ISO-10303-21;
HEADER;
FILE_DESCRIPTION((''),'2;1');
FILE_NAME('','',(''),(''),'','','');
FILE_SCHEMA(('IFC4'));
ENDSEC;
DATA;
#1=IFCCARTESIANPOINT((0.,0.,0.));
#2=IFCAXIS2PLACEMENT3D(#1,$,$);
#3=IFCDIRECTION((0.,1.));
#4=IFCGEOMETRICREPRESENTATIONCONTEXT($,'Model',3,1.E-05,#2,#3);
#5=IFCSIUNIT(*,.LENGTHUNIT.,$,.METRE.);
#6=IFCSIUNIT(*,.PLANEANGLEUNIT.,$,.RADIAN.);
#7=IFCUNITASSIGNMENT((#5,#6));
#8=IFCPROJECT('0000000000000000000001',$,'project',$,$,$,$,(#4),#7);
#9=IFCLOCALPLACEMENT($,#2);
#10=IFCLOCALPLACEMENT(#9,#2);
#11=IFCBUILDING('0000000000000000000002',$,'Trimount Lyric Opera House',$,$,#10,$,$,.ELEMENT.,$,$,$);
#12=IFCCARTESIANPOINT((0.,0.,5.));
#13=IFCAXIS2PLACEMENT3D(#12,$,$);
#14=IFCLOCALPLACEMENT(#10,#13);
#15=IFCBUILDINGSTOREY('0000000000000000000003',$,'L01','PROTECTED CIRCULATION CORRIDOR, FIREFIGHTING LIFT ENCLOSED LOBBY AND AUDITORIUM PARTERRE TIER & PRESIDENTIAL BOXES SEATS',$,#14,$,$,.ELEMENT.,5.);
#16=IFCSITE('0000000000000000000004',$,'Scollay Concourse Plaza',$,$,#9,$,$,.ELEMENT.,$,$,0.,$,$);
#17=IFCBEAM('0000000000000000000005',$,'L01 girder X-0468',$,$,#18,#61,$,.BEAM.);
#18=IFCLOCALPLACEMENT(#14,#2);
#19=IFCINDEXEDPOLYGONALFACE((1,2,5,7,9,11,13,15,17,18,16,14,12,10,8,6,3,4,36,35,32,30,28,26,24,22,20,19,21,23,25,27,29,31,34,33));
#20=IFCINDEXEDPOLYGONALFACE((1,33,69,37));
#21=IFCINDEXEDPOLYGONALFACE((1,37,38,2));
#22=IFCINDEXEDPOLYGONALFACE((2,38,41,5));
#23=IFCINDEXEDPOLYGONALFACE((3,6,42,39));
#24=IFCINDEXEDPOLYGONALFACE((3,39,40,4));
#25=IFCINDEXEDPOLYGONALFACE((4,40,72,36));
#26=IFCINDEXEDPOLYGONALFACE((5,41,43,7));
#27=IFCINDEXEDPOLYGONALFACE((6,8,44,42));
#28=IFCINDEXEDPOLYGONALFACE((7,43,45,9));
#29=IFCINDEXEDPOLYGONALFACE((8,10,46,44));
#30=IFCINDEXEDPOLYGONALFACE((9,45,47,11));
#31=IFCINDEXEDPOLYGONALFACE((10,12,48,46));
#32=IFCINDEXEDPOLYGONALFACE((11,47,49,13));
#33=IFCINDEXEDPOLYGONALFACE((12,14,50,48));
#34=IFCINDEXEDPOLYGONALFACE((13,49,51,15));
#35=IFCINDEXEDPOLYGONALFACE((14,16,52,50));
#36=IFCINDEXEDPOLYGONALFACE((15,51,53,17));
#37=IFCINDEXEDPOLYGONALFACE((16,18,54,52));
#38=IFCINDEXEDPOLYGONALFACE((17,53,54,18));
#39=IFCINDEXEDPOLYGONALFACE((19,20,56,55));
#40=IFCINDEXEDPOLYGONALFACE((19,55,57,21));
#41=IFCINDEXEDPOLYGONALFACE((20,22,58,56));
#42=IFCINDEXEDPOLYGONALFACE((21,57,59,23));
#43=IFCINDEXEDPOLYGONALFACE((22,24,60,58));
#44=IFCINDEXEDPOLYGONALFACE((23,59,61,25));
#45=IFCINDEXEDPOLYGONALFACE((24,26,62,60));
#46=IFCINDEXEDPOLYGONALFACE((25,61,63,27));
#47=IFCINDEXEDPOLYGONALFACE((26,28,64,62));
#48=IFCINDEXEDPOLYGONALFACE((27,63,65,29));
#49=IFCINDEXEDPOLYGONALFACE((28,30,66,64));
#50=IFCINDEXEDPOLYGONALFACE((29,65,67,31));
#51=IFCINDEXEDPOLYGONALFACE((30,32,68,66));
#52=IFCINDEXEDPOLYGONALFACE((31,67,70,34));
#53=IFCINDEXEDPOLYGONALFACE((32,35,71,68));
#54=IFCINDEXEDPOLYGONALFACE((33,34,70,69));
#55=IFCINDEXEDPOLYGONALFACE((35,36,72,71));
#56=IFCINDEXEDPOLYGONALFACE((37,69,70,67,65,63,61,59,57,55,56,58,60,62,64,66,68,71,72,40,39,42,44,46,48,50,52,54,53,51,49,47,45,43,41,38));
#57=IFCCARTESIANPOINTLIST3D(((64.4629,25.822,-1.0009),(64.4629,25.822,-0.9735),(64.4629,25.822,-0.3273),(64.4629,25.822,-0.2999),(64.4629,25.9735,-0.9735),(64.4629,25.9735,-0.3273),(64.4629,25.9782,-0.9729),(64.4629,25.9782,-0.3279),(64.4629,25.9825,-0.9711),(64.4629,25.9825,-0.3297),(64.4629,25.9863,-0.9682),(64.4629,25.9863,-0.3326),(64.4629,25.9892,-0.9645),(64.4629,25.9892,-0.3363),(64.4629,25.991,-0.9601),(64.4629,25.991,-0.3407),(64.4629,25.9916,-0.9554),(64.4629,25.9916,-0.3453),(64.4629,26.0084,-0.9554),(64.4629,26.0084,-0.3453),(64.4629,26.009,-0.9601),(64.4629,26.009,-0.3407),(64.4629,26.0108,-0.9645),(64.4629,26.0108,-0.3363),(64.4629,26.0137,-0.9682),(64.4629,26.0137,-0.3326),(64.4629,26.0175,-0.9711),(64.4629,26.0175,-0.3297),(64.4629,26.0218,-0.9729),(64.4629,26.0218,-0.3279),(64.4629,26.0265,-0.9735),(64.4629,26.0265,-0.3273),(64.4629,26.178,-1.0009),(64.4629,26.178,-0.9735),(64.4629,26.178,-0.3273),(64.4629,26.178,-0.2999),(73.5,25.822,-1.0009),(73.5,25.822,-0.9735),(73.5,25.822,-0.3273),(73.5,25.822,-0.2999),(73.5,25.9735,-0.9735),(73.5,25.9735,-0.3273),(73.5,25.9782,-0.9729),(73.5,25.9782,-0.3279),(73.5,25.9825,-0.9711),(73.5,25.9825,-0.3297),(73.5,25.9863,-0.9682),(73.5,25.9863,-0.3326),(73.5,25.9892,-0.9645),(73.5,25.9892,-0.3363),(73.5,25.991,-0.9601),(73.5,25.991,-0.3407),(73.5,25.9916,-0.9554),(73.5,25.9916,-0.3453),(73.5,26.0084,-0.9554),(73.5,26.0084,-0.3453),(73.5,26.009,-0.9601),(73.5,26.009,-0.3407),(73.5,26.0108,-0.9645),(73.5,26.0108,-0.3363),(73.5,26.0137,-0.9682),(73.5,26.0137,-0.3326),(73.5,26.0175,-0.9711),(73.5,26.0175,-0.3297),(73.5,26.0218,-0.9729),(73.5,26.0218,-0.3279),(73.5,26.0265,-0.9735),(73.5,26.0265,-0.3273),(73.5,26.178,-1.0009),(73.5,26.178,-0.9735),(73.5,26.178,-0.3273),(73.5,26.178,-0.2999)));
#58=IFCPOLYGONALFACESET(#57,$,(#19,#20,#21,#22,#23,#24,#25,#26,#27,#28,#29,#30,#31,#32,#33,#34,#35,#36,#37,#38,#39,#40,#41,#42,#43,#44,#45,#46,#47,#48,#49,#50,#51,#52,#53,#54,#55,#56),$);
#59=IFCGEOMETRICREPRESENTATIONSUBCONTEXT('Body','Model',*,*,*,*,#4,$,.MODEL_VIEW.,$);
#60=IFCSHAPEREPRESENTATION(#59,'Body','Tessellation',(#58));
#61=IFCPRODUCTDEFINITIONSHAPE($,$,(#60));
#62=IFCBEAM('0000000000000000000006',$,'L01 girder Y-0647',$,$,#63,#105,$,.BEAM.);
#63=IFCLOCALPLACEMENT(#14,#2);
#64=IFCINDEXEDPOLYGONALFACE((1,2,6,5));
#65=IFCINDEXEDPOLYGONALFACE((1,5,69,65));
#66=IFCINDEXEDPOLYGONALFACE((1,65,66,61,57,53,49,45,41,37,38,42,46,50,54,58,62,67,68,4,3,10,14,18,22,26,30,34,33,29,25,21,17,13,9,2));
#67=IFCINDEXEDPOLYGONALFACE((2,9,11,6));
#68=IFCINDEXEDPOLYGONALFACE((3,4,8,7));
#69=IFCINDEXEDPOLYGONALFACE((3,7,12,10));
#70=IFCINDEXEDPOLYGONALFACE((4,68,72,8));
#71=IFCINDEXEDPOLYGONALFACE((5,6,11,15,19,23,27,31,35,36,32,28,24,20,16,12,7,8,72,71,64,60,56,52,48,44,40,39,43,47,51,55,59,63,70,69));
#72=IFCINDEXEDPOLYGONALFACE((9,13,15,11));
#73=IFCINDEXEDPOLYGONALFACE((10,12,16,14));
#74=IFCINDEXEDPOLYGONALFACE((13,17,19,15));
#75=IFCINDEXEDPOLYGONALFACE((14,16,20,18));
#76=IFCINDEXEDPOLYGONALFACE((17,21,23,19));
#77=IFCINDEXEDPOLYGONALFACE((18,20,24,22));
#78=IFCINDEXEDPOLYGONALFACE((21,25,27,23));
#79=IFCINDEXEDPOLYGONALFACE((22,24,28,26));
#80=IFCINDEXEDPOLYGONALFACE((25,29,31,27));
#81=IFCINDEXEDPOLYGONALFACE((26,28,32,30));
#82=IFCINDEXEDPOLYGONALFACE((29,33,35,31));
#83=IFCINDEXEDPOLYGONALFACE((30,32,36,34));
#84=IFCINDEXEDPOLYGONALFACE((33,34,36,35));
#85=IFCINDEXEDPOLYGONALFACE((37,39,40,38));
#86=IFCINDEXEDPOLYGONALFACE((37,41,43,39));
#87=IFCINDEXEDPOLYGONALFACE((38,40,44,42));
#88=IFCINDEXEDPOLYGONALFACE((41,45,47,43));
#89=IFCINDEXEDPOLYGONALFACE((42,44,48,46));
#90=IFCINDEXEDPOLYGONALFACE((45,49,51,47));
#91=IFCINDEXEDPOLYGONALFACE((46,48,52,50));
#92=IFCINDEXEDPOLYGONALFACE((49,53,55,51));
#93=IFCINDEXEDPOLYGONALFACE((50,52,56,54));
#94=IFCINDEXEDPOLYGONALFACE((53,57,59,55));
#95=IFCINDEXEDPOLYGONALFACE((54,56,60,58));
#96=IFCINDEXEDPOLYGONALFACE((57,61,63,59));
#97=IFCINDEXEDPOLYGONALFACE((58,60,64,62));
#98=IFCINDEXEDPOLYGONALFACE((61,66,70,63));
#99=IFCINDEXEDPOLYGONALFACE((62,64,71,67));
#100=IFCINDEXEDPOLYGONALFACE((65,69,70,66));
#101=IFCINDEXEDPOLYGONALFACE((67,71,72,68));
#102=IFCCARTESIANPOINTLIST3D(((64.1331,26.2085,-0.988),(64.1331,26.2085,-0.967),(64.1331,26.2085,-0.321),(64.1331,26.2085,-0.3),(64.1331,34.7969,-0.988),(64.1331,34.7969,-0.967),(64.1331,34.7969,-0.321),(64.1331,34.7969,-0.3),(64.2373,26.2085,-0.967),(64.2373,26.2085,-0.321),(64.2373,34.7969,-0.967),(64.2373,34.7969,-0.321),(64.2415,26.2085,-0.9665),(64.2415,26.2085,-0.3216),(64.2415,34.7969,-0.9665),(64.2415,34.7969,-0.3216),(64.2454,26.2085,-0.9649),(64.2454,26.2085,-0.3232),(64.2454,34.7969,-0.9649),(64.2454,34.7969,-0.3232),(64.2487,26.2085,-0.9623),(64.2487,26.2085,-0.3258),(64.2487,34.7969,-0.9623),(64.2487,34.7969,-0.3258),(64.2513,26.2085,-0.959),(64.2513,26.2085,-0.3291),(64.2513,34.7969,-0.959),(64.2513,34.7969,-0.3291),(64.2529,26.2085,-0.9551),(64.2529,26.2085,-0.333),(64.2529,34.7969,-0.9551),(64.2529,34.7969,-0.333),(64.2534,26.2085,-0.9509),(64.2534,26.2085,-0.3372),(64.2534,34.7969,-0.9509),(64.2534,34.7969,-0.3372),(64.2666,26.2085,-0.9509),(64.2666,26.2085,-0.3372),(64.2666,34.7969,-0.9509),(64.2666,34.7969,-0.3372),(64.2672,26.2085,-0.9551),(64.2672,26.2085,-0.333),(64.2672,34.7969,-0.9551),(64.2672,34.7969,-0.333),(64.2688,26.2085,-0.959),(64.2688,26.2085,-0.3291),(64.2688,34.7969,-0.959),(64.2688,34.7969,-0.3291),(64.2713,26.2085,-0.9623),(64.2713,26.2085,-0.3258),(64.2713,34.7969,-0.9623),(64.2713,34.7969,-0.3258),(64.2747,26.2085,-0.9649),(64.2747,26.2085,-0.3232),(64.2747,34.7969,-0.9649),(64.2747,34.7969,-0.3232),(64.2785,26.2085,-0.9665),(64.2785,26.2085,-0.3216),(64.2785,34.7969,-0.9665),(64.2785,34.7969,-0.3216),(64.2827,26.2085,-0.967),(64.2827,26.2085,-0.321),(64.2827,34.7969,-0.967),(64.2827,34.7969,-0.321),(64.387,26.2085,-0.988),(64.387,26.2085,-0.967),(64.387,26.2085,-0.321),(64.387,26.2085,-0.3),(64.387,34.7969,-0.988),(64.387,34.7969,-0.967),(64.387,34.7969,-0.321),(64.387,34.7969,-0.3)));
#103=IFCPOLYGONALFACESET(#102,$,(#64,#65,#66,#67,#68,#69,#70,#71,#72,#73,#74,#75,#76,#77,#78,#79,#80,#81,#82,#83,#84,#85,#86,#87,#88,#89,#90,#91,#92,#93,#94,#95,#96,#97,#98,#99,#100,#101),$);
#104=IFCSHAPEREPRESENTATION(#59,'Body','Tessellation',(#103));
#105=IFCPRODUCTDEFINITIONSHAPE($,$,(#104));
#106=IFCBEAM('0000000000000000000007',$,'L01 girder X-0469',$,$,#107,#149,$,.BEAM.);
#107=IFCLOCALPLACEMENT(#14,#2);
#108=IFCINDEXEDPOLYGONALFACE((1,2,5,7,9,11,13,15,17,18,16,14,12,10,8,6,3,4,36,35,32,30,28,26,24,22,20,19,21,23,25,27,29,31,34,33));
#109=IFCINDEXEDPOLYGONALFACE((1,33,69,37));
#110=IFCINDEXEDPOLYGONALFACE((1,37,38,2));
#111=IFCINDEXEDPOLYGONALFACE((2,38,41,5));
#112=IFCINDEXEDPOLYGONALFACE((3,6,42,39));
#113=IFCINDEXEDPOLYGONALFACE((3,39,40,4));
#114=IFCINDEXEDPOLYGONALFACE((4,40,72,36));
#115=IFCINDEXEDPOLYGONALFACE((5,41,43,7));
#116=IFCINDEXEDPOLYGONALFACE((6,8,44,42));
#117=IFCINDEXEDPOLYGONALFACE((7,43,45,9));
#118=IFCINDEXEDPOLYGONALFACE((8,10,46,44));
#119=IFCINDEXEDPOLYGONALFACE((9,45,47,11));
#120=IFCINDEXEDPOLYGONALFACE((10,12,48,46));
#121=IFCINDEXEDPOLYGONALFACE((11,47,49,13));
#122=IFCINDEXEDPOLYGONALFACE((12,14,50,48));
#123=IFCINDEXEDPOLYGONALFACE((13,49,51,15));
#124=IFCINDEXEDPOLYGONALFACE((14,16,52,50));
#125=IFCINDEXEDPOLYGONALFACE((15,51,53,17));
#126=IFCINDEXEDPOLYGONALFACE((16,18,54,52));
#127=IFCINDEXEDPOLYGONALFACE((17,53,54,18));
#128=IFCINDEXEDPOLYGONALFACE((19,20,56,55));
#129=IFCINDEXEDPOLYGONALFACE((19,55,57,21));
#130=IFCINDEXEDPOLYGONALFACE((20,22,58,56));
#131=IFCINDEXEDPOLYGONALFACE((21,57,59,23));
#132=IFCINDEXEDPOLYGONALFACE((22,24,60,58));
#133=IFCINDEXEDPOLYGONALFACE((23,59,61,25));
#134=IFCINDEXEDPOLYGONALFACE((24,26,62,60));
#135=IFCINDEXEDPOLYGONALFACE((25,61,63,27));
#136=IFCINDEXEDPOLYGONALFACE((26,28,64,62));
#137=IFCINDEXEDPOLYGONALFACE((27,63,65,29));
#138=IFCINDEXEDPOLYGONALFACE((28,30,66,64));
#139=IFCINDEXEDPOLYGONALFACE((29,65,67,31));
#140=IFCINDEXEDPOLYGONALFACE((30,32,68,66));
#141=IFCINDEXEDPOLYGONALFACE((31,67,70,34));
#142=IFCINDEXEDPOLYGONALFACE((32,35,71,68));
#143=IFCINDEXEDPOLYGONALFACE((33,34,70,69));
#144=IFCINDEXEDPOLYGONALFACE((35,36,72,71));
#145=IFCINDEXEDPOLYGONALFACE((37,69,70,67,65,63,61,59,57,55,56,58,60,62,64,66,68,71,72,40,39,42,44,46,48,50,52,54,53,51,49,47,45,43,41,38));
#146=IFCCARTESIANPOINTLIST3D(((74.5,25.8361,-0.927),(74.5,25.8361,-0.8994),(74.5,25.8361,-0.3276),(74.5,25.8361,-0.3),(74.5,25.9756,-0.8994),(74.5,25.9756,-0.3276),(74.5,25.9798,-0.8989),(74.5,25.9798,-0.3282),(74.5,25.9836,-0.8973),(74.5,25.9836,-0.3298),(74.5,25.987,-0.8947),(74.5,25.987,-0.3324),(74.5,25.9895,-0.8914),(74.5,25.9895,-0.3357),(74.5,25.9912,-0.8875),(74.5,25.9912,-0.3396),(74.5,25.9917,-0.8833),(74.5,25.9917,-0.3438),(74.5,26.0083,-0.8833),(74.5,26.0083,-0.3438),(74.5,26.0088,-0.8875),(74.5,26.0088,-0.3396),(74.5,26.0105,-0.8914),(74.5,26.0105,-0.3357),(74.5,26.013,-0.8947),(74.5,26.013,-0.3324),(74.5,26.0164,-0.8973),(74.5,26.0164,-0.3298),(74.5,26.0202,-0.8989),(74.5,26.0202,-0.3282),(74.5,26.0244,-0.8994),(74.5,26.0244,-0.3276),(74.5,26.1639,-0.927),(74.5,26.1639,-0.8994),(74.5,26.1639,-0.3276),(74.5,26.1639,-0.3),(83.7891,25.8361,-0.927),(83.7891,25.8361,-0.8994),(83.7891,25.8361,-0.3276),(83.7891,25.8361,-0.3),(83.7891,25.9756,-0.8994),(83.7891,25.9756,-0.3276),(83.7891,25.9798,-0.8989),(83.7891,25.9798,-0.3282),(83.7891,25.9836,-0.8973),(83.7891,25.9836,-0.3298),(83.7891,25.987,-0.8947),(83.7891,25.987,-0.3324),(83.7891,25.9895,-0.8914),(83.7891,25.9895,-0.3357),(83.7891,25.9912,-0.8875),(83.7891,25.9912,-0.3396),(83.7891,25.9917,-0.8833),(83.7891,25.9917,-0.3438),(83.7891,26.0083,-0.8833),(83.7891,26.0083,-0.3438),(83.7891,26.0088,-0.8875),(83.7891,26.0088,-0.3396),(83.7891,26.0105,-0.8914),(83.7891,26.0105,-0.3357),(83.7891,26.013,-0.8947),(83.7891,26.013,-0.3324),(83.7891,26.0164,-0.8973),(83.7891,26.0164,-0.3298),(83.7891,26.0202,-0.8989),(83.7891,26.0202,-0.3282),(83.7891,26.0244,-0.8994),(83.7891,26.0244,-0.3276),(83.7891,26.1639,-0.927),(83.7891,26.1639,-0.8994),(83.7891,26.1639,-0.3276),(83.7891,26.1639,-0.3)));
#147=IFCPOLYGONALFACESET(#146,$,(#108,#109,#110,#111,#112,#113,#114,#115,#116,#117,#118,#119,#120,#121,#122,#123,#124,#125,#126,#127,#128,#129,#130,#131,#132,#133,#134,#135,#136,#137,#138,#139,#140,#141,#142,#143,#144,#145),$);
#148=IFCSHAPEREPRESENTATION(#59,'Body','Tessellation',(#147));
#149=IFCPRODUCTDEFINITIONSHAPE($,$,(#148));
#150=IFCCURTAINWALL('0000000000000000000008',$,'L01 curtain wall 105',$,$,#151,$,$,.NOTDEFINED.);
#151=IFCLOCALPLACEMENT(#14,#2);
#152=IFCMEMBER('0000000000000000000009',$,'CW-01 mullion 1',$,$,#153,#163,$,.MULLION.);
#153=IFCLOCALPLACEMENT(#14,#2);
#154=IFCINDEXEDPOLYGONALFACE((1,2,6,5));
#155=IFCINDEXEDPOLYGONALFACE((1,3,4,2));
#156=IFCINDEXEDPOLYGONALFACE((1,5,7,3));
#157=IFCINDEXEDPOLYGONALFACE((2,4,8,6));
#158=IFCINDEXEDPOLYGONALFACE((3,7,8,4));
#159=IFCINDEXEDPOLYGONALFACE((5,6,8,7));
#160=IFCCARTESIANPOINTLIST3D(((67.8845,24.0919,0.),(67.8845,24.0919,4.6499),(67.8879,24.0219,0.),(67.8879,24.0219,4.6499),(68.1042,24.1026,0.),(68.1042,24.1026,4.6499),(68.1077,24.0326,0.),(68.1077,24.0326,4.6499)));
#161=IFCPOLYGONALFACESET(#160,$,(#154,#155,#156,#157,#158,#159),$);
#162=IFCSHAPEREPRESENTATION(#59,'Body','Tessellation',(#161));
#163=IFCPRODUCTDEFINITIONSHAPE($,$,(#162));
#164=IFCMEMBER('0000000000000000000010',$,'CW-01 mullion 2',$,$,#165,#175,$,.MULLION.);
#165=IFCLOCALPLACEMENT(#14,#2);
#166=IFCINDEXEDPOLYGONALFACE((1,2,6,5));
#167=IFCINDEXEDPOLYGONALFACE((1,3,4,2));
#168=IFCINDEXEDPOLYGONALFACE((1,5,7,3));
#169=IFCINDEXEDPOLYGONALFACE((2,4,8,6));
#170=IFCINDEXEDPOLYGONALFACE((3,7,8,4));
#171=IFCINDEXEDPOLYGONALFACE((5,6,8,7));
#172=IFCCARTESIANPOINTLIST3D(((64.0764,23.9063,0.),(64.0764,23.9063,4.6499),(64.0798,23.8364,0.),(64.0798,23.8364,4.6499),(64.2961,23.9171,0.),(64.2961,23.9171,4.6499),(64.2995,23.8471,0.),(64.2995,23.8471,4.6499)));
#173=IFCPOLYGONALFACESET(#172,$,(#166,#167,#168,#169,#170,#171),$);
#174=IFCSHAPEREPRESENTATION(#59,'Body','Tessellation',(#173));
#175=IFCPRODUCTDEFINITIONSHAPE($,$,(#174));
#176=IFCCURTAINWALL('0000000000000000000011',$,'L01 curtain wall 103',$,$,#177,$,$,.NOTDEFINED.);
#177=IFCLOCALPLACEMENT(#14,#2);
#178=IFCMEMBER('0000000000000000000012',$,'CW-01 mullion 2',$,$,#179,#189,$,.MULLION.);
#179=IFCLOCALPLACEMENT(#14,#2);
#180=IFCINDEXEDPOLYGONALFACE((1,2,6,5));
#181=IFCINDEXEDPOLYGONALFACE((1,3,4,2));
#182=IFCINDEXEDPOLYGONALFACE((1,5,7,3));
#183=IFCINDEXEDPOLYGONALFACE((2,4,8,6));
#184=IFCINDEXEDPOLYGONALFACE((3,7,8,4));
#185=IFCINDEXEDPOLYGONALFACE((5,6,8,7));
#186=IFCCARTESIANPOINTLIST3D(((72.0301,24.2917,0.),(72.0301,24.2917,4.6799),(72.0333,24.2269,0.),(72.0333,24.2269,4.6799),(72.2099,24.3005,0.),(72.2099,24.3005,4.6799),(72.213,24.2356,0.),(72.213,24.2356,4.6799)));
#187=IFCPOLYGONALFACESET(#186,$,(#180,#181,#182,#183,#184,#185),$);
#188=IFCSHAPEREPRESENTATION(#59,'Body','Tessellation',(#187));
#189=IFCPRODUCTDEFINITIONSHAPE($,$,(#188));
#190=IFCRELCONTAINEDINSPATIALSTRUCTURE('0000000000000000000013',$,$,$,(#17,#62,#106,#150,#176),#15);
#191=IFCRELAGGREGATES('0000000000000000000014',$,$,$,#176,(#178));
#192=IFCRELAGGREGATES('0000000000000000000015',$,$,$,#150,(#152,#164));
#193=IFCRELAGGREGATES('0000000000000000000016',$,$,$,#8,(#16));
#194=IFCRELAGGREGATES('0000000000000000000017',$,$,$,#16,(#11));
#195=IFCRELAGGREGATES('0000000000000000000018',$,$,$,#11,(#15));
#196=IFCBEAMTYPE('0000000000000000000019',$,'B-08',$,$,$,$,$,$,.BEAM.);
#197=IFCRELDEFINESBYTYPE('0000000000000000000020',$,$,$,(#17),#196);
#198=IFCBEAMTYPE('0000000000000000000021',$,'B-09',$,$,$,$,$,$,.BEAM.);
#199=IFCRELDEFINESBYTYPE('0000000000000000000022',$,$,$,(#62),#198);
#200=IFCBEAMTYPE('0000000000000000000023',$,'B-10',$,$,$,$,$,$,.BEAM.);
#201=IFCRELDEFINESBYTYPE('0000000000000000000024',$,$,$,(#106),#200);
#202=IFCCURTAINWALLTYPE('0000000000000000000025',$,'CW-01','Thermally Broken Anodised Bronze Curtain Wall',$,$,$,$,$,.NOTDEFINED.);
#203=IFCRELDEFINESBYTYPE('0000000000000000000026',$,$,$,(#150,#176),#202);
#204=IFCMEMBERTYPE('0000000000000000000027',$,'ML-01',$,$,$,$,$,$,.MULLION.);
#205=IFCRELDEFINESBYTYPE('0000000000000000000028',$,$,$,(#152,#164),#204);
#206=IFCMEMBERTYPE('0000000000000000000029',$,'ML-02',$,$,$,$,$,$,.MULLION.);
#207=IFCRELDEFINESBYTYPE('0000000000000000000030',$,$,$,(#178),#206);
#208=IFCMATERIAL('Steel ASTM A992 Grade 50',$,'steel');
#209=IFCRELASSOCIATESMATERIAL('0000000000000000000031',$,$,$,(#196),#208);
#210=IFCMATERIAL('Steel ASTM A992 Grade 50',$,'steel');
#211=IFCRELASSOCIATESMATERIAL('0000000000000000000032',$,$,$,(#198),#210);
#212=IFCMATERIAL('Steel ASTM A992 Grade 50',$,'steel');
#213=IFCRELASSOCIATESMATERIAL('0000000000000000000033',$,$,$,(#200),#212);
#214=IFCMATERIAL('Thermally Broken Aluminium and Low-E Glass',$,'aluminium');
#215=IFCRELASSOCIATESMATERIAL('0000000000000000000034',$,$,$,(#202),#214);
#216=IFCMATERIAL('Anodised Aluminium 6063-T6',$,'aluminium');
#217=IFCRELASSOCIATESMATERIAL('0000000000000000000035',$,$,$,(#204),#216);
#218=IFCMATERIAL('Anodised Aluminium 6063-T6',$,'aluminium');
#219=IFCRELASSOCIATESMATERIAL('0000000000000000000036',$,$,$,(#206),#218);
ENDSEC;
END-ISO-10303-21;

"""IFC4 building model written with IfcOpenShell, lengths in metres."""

from ifc_helpers import new_model, si_unit, direction, frame, origin, origin_2d, place, context, subcontext, project, spatial, rectangle, i_section, extrude, material, material_profile, profile_set, type_object, element, aggregate, save


model = new_model("IFC4")

# Units and contexts
model_context = context("Model", 3, precision=1e-05, world=origin(), true_north=direction((0.0, 1.0)))
body_context = subcontext(model_context, "Body", "Model", "MODEL_VIEW")
ifc_project = project(units=[si_unit("LENGTHUNIT", "METRE"), si_unit("PLANEANGLEUNIT", "RADIAN")], contexts=[model_context])

# Site, building, storey
site_placement = place(None, origin())
site = spatial("IfcSite", under=ifc_project, at=site_placement, Name="Scollay Concourse Plaza", CompositionType="ELEMENT", RefElevation=0.0)
building_placement = place(site_placement, origin())
building = spatial("IfcBuilding", under=site, at=building_placement, Name="Trimount Lyric Opera House", CompositionType="ELEMENT")
storey_placement = place(building_placement, frame((0.0, 0.0, 5.0)))
storey = spatial("IfcBuildingStorey", under=building, at=storey_placement, Name="L01", Description="PROTECTED CIRCULATION CORRIDOR, FIREFIGHTING LIFT ENCLOSED LOBBY AND AUDITORIUM PARTERRE TIER & PRESIDENTIAL BOXES SEATS", CompositionType="ELEMENT", Elevation=5.0)

# Beams
ifc_material_1 = material(Name="Steel ASTM A992 Grade 50", Category="steel")
ifc_material_profile_1 = material_profile(ifc_material_1, i_section(OverallWidth=0.356, OverallDepth=0.7009, WebThickness=0.0168, FlangeThickness=0.0273, FilletRadius=0.0181, at=origin_2d()), Name="W27X161")
ifc_profile_set_1 = profile_set([ifc_material_profile_1], Name="Steel ASTM A992 Grade 50")
beam_type_1 = type_object("IfcBeamType", Name="B-08", PredefinedType="BEAM", material=ifc_profile_set_1)
beam_1_placement = place(storey_placement, frame((64.4629, 26.0, -0.6504), z_axis=(1.0, 0.0, 0.0), x_axis=(0.0, 1.0, 0.0)))
element("IfcBeam", 1, at=beam_1_placement, inside=storey, type_object=beam_type_1, Name="L01 girder X-0468", PredefinedType="BEAM", context=body_context, shape_type="SweptSolid", body=[
    extrude(i_section(OverallWidth=0.356, OverallDepth=0.7009, WebThickness=0.0168, FlangeThickness=0.0273, FilletRadius=0.0181, at=origin_2d()), origin(), (0.0, 0.0, 1.0), 9.0371),
])
ifc_material_2 = material(Name="Steel ASTM A992 Grade 50", Category="steel")
ifc_material_profile_2 = material_profile(ifc_material_2, i_section(OverallWidth=0.2539, OverallDepth=0.688, WebThickness=0.0132, FlangeThickness=0.021, FilletRadius=0.0161, at=origin_2d()), Name="W27X102")
ifc_profile_set_2 = profile_set([ifc_material_profile_2], Name="Steel ASTM A992 Grade 50")
beam_type_2 = type_object("IfcBeamType", Name="B-09", PredefinedType="BEAM", material=ifc_profile_set_2)
beam_2_placement = place(storey_placement, frame((64.26, 26.2085, -0.644), z_axis=(0.0, 1.0, 0.0), x_axis=(-1.0, 0.0, 0.0)))
element("IfcBeam", 2, at=beam_2_placement, inside=storey, type_object=beam_type_2, Name="L01 girder Y-0647", PredefinedType="BEAM", context=body_context, shape_type="SweptSolid", body=[
    extrude(i_section(OverallWidth=0.2539, OverallDepth=0.688, WebThickness=0.0132, FlangeThickness=0.021, FilletRadius=0.0161, at=origin_2d()), origin(), (0.0, 0.0, 1.0), 8.5884),
])
ifc_material_3 = material(Name="Steel ASTM A992 Grade 50", Category="steel")
ifc_material_profile_3 = material_profile(ifc_material_3, i_section(OverallWidth=0.3279, OverallDepth=0.627, WebThickness=0.0166, FlangeThickness=0.0276, FilletRadius=0.0161, at=origin_2d()), Name="W24X146")
ifc_profile_set_3 = profile_set([ifc_material_profile_3], Name="Steel ASTM A992 Grade 50")
beam_type_3 = type_object("IfcBeamType", Name="B-10", PredefinedType="BEAM", material=ifc_profile_set_3)
beam_3_placement = place(storey_placement, frame((74.5, 26.0, -0.6135), z_axis=(1.0, 0.0, 0.0), x_axis=(0.0, 1.0, 0.0)))
element("IfcBeam", 3, at=beam_3_placement, inside=storey, type_object=beam_type_3, Name="L01 girder X-0469", PredefinedType="BEAM", context=body_context, shape_type="SweptSolid", body=[
    extrude(i_section(OverallWidth=0.3279, OverallDepth=0.627, WebThickness=0.0166, FlangeThickness=0.0276, FilletRadius=0.0161, at=origin_2d()), origin(), (0.0, 0.0, 1.0), 9.2891),
])

# Curtain wall, members
ifc_material_4 = material(Name="Thermally Broken Aluminium and Low-E Glass", Category="aluminium")
curtain_wall_type = type_object("IfcCurtainWallType", Name="CW-01", Description="Thermally Broken Anodised Bronze Curtain Wall", PredefinedType="NOTDEFINED", material=ifc_material_4)
curtain_wall_1_placement = place(storey_placement, origin())
curtain_wall_1 = element("IfcCurtainWall", 4, at=curtain_wall_1_placement, inside=storey, type_object=curtain_wall_type, Name="L01 curtain wall 105", PredefinedType="NOTDEFINED")
ifc_material_5 = material(Name="Anodised Aluminium 6063-T6", Category="aluminium")
ifc_material_profile_4 = material_profile(ifc_material_5, rectangle(XDim=0.0701, YDim=0.22, at=origin_2d()), Name="ALU-MULL-70X220")
ifc_profile_set_4 = profile_set([ifc_material_profile_4], Name="Anodised Aluminium 6063-T6")
member_type_1 = type_object("IfcMemberType", Name="ML-01", PredefinedType="MULLION", material=ifc_profile_set_4)
member_1_placement = place(storey_placement, frame((67.9961, 24.0623, 0.0), z_axis=(0.0, 0.0, 1.0), x_axis=(0.048679, -0.998814, 0.0)))
member_1 = element("IfcMember", 5, at=member_1_placement, type_object=member_type_1, Name="CW-01 mullion 1", PredefinedType="MULLION", context=body_context, shape_type="SweptSolid", body=[
    extrude(rectangle(XDim=0.0701, YDim=0.22, at=origin_2d()), origin(), (0.0, 0.0, 1.0), 4.6499),
])
member_2_placement = place(storey_placement, frame((64.188, 23.8767, 0.0), z_axis=(0.0, 0.0, 1.0), x_axis=(0.048679, -0.998814, 0.0)))
member_2 = element("IfcMember", 6, at=member_2_placement, type_object=member_type_1, Name="CW-01 mullion 2", PredefinedType="MULLION", context=body_context, shape_type="SweptSolid", body=[
    extrude(rectangle(XDim=0.0701, YDim=0.22, at=origin_2d()), origin(), (0.0, 0.0, 1.0), 4.6499),
])

# Curtain wall, member
curtain_wall_2_placement = place(storey_placement, origin())
curtain_wall_2 = element("IfcCurtainWall", 7, at=curtain_wall_2_placement, inside=storey, type_object=curtain_wall_type, Name="L01 curtain wall 103", PredefinedType="NOTDEFINED")
ifc_material_6 = material(Name="Anodised Aluminium 6063-T6", Category="aluminium")
ifc_material_profile_5 = material_profile(ifc_material_6, rectangle(XDim=0.0649, YDim=0.1799, at=origin_2d()), Name="ALU-MULL-65X180")
ifc_profile_set_5 = profile_set([ifc_material_profile_5], Name="Anodised Aluminium 6063-T6")
member_type_2 = type_object("IfcMemberType", Name="ML-02", PredefinedType="MULLION", material=ifc_profile_set_5)
member_3_placement = place(storey_placement, frame((72.1216, 24.2637, 0.0), z_axis=(0.0, 0.0, 1.0), x_axis=(0.048679, -0.998814, 0.0)))
member_3 = element("IfcMember", 8, at=member_3_placement, type_object=member_type_2, Name="CW-01 mullion 2", PredefinedType="MULLION", context=body_context, shape_type="SweptSolid", body=[
    extrude(rectangle(XDim=0.0649, YDim=0.1799, at=origin_2d()), origin(), (0.0, 0.0, 1.0), 4.6799),
])

aggregate(curtain_wall_2, [member_3])
aggregate(curtain_wall_1, [member_1, member_2])

save(model, "model.ifc")
